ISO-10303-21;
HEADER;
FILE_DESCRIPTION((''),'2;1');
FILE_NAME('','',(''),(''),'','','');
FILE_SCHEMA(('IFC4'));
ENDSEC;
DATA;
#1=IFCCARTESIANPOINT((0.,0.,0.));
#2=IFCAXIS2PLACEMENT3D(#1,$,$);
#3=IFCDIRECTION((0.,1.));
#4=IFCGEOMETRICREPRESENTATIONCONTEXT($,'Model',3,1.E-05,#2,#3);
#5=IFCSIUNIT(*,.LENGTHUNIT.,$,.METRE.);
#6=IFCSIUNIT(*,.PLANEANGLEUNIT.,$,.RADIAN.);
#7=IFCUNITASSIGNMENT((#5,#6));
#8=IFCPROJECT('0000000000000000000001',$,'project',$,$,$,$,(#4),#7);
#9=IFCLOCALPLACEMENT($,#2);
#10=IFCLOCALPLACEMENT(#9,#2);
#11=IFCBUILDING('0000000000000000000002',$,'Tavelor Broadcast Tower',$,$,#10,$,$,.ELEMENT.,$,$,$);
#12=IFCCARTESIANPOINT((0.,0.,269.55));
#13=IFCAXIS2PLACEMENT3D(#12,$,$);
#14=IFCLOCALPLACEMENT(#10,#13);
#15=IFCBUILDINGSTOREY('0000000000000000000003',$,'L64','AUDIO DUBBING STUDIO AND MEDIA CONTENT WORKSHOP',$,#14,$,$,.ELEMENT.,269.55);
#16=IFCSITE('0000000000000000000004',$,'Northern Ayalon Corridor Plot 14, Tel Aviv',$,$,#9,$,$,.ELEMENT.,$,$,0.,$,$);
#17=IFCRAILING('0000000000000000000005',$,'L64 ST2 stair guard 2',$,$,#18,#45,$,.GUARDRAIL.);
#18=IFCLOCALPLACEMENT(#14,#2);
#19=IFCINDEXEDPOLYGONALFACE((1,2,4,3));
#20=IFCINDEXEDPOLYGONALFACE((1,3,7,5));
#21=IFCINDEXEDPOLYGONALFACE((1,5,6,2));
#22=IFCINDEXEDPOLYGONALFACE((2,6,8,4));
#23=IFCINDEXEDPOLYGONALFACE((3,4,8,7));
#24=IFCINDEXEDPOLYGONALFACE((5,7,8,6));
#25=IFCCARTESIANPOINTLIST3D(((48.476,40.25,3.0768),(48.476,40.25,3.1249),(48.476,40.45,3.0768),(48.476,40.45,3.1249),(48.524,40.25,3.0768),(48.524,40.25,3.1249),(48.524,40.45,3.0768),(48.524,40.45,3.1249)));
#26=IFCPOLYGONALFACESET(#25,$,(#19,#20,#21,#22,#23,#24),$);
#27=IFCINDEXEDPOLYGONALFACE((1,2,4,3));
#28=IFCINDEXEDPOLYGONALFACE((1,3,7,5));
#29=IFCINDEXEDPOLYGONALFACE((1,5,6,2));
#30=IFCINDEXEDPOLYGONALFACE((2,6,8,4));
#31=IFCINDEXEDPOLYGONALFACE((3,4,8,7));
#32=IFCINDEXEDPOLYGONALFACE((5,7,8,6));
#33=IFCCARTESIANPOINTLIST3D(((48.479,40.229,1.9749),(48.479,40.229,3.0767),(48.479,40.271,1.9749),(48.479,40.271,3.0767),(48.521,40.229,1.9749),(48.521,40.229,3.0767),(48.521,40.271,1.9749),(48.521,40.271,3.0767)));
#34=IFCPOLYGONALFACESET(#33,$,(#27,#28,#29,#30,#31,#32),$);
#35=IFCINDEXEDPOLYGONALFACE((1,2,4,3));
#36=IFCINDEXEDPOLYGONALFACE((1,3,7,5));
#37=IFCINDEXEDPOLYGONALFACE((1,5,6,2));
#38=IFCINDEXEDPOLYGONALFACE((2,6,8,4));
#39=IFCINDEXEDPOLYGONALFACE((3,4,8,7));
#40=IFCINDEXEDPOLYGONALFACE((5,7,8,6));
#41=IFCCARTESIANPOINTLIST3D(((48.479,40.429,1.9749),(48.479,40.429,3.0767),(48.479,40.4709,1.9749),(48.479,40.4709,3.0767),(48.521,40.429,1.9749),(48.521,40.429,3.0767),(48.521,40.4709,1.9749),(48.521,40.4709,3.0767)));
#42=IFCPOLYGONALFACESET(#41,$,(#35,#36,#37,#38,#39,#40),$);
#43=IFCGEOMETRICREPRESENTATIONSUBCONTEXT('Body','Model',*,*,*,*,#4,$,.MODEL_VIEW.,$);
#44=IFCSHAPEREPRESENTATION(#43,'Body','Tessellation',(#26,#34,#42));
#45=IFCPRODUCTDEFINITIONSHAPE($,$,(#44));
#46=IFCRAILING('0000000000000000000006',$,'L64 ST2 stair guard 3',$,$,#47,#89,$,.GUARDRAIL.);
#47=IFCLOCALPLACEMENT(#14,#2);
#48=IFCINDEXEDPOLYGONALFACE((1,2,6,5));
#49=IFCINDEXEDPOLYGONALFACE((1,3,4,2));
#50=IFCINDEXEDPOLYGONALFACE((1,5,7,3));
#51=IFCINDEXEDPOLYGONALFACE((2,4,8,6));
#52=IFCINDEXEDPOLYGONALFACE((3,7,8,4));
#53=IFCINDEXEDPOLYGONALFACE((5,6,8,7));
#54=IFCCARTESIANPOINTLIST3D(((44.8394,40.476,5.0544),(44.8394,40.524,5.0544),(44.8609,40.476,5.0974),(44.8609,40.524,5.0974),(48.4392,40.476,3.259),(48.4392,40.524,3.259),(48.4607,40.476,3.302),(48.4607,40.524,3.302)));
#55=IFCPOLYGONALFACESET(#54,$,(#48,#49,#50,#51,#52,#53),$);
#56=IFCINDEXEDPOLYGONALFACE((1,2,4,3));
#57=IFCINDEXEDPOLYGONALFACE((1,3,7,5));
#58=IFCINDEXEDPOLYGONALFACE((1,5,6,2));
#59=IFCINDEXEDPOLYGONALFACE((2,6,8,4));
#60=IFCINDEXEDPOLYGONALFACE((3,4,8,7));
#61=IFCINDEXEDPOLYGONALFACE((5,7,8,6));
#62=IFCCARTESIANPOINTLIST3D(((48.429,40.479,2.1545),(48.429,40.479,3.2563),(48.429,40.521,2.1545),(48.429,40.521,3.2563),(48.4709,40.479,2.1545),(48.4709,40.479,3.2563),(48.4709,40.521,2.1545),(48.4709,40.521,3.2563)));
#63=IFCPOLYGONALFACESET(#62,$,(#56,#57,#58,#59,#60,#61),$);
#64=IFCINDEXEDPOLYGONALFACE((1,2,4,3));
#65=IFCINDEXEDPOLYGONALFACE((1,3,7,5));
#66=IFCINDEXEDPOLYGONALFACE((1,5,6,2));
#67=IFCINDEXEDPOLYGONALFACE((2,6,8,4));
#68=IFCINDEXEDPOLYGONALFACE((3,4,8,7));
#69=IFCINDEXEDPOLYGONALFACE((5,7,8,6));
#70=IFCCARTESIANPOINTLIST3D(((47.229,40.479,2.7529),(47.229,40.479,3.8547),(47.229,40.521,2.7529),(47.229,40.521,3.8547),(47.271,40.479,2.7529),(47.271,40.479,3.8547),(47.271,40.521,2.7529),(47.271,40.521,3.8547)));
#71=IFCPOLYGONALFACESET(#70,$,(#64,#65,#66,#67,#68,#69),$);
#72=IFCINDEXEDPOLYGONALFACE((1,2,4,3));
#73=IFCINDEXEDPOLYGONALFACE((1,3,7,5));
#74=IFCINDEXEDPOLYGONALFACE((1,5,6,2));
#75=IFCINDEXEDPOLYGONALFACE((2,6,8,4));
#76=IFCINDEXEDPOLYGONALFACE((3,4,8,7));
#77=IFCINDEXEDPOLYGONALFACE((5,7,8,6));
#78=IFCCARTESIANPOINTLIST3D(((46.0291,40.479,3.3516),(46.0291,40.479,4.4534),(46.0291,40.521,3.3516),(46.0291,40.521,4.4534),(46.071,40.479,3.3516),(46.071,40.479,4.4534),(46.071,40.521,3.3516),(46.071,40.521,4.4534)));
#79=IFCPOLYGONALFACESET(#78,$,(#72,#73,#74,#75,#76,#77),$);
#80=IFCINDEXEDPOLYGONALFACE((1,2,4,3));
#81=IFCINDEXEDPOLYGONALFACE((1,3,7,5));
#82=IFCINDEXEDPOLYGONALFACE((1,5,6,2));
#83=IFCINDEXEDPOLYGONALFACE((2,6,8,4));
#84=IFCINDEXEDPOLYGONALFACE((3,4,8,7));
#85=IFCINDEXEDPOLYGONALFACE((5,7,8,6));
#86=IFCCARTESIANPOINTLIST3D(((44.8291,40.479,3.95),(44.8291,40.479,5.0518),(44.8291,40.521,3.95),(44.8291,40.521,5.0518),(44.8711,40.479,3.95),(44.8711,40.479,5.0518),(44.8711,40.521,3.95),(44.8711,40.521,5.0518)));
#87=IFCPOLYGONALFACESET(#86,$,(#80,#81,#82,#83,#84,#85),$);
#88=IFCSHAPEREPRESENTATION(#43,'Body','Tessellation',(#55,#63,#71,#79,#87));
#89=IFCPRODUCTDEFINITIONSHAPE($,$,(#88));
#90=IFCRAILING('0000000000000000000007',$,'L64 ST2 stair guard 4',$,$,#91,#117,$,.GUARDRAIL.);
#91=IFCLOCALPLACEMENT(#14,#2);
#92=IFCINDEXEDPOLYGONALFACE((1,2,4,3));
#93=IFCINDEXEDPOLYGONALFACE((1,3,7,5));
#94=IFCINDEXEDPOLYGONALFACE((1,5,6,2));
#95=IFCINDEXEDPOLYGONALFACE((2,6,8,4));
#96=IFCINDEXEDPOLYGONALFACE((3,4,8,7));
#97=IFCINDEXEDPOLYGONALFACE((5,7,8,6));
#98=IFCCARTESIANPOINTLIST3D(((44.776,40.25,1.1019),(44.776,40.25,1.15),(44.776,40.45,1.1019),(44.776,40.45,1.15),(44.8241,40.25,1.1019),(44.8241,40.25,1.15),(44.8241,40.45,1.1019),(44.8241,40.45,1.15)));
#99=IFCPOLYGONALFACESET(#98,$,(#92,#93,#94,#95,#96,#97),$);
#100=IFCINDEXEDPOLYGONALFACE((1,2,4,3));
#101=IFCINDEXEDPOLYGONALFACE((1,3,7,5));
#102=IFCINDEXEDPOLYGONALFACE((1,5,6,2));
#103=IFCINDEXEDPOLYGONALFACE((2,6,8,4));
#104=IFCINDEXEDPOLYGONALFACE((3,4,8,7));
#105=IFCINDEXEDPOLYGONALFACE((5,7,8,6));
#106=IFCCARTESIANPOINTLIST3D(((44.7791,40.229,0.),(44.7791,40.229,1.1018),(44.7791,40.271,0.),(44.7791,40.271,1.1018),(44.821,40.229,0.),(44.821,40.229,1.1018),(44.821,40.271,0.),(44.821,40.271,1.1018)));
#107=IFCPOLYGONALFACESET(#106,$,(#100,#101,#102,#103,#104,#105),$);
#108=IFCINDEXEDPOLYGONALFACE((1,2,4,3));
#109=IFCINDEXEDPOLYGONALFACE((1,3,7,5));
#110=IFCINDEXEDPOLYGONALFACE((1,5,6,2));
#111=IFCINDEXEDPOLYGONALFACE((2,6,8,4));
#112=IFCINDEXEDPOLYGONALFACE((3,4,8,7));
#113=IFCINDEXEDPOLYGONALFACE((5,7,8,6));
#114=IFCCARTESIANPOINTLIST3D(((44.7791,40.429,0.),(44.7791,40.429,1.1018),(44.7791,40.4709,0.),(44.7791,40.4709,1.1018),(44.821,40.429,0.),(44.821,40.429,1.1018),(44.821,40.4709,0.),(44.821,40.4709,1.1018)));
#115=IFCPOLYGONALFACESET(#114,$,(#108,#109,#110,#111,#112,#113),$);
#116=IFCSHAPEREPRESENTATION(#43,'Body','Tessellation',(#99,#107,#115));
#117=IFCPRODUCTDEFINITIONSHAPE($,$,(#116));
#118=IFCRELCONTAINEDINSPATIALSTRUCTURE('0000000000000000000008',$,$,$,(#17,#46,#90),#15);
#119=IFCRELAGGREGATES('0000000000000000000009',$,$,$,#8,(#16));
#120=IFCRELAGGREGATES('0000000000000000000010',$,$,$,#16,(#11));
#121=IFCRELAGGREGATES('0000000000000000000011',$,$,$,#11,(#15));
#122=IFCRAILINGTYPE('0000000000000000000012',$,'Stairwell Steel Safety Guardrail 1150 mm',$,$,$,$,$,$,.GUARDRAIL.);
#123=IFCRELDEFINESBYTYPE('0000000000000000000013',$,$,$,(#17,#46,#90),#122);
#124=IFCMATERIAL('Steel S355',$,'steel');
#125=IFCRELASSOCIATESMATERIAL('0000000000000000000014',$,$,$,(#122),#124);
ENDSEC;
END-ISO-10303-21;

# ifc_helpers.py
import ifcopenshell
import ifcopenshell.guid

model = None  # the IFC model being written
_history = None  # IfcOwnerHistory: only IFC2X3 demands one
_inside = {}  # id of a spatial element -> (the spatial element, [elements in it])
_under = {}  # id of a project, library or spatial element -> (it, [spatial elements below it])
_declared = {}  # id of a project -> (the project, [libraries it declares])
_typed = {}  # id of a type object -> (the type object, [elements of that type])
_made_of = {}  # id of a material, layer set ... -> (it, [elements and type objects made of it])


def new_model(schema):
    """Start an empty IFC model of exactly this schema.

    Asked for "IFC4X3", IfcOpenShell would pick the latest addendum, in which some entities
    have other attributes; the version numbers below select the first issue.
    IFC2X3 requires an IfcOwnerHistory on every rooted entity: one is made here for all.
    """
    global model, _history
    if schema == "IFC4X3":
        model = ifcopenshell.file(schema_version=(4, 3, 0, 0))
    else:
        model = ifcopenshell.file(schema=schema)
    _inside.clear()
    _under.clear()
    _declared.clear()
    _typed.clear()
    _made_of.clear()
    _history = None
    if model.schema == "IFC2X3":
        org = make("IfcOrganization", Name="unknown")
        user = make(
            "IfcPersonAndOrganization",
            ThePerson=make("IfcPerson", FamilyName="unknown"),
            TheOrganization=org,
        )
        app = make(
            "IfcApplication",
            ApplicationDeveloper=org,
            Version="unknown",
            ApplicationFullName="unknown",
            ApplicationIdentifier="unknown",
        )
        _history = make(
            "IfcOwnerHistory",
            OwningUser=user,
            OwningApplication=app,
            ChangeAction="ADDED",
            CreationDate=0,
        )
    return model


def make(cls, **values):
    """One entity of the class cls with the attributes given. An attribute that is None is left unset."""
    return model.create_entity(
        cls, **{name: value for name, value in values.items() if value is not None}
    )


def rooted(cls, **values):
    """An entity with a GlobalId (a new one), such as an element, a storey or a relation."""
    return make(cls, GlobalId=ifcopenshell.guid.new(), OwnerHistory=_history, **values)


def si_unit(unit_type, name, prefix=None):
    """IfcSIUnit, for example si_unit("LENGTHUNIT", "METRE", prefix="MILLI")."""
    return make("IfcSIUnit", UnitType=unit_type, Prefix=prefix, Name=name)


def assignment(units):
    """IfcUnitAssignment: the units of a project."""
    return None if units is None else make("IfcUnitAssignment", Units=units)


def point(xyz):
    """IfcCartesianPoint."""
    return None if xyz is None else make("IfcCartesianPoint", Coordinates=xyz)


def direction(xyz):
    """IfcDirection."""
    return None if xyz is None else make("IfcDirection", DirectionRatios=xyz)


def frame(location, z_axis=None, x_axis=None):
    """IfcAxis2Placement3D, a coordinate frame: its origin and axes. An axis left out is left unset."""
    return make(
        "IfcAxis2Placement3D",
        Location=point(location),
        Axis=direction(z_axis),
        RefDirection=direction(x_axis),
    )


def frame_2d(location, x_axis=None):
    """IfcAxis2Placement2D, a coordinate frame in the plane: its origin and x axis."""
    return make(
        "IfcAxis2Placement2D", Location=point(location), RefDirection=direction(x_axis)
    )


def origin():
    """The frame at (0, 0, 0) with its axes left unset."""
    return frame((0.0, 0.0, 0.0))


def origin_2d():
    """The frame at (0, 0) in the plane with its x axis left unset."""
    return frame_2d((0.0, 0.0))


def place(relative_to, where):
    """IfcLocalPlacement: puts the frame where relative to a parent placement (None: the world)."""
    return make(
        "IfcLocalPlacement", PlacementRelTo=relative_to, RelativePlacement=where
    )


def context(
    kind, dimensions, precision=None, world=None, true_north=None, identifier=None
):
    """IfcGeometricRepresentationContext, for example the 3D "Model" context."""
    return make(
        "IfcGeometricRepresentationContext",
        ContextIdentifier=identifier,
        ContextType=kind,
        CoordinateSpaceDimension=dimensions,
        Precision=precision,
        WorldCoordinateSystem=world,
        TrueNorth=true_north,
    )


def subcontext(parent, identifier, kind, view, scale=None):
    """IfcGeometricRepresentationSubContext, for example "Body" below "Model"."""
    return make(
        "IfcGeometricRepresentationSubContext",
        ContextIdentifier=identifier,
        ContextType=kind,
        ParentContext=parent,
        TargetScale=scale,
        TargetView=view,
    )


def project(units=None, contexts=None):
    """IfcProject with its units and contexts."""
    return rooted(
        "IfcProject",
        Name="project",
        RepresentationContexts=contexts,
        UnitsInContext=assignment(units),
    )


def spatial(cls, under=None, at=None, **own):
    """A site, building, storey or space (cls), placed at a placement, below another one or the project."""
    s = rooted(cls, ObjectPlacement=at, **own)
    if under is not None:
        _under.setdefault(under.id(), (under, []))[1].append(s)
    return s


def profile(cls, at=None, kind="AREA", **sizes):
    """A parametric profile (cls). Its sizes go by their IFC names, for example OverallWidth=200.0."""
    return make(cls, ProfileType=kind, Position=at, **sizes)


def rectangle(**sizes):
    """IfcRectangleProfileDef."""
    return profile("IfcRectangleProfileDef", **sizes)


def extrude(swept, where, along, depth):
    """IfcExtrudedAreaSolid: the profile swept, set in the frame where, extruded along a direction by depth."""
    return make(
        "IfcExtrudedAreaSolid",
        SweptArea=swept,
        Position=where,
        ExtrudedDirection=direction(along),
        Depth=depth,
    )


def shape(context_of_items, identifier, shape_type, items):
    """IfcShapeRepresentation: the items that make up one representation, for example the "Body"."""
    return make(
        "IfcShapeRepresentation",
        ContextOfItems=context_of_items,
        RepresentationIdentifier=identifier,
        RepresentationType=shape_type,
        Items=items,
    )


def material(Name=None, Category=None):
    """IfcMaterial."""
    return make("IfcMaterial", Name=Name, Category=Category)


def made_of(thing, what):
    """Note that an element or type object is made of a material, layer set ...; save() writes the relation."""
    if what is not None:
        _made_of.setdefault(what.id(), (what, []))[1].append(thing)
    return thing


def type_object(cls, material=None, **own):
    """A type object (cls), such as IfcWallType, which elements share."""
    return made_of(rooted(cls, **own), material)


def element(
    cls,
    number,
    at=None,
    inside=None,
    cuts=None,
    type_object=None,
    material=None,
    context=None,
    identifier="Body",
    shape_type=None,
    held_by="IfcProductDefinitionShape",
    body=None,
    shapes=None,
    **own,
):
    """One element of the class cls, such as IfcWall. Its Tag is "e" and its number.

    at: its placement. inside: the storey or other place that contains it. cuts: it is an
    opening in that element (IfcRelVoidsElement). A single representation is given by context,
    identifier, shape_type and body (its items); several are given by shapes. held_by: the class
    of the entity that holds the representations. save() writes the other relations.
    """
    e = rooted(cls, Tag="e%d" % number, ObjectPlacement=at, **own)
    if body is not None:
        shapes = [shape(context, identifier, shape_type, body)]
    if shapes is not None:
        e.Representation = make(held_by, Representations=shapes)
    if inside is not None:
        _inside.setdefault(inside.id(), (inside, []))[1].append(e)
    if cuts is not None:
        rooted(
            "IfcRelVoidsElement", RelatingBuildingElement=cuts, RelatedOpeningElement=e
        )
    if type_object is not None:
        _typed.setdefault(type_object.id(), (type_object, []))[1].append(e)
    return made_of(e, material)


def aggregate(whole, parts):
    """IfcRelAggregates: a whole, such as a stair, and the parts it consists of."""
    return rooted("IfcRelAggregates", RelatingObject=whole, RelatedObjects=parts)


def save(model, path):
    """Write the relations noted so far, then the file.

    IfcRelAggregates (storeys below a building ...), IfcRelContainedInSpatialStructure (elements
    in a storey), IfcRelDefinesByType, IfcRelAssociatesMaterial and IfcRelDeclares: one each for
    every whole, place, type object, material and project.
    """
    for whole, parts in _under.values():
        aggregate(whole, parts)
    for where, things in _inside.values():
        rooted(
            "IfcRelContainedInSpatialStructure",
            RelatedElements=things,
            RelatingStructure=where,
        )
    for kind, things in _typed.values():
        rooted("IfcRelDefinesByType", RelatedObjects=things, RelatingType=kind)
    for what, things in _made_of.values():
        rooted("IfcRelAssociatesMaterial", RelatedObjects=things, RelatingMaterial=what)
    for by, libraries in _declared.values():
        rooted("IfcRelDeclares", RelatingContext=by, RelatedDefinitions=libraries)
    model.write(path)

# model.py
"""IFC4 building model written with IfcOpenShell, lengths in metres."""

from ifc_helpers import new_model, si_unit, direction, frame, origin, origin_2d, place, context, subcontext, project, spatial, rectangle, extrude, material, type_object, element, save


model = new_model("IFC4")

# Units and contexts
model_context = context("Model", 3, precision=1e-05, world=origin(), true_north=direction((0.0, 1.0)))
body_context = subcontext(model_context, "Body", "Model", "MODEL_VIEW")
ifc_project = project(units=[si_unit("LENGTHUNIT", "METRE"), si_unit("PLANEANGLEUNIT", "RADIAN")], contexts=[model_context])

# Site, building, storey
site_placement = place(None, origin())
site = spatial("IfcSite", under=ifc_project, at=site_placement, Name="Northern Ayalon Corridor Plot 14, Tel Aviv", CompositionType="ELEMENT", RefElevation=0.0)
building_placement = place(site_placement, origin())
building = spatial("IfcBuilding", under=site, at=building_placement, Name="Tavelor Broadcast Tower", CompositionType="ELEMENT")
storey_placement = place(building_placement, frame((0.0, 0.0, 269.55)))
storey = spatial("IfcBuildingStorey", under=building, at=storey_placement, Name="L64", Description="AUDIO DUBBING STUDIO AND MEDIA CONTENT WORKSHOP", CompositionType="ELEMENT", Elevation=269.55)

# Shared definitions
ifc_material_1 = material(Name="Steel S355", Category="steel")

# Railings
railing_type_1 = type_object("IfcRailingType", Name="Stairwell Steel Safety Guardrail 1150 mm", PredefinedType="GUARDRAIL", material=ifc_material_1)
railing_1_placement = place(storey_placement, frame((48.5, 40.25, 1.9749)))
element("IfcRailing", 1, at=railing_1_placement, inside=storey, type_object=railing_type_1, Name="L64 ST2 stair guard 2", PredefinedType="GUARDRAIL", context=body_context, shape_type="SweptSolid", body=[
    extrude(rectangle(XDim=0.0481, YDim=0.0481, at=origin_2d()), frame((0.0, 0.0, 1.126), z_axis=(0.0, 1.0, 0.0), x_axis=(-1.0, 0.0, 0.0)), (0.0, 0.0, 1.0), 0.2),
    extrude(rectangle(XDim=0.042, YDim=0.042, at=origin_2d()), origin(), (0.0, 0.0, 1.0), 1.1018),
    extrude(rectangle(XDim=0.042, YDim=0.042, at=origin_2d()), frame((0.0, 0.2, 0.0)), (0.0, 0.0, 1.0), 1.1018),
])
railing_2_placement = place(storey_placement, frame((48.45, 40.5, 2.1545)))
element("IfcRailing", 2, at=railing_2_placement, inside=storey, type_object=railing_type_1, Name="L64 ST2 stair guard 3", PredefinedType="GUARDRAIL", context=body_context, shape_type="SweptSolid", body=[
    extrude(rectangle(XDim=0.0481, YDim=0.0481, at=origin_2d()), frame((0.0, 0.0, 1.126), z_axis=(-0.894876, 0.0, 0.446315), x_axis=(0.0, -1.0, 0.0)), (0.0, 0.0, 1.0), 4.0227),
    extrude(rectangle(XDim=0.042, YDim=0.042, at=origin_2d()), origin(), (0.0, 0.0, 1.0), 1.1018),
    extrude(rectangle(XDim=0.042, YDim=0.042, at=origin_2d()), frame((-1.2, 0.0, 0.5984)), (0.0, 0.0, 1.0), 1.1018),
    extrude(rectangle(XDim=0.042, YDim=0.042, at=origin_2d()), frame((-2.3999, 0.0, 1.197)), (0.0, 0.0, 1.0), 1.1018),
    extrude(rectangle(XDim=0.042, YDim=0.042, at=origin_2d()), frame((-3.5999, 0.0, 1.7954)), (0.0, 0.0, 1.0), 1.1018),
])
railing_3_placement = place(storey_placement, frame((44.8, 40.25, 0.0)))
element("IfcRailing", 3, at=railing_3_placement, inside=storey, type_object=railing_type_1, Name="L64 ST2 stair guard 4", PredefinedType="GUARDRAIL", context=body_context, shape_type="SweptSolid", body=[
    extrude(rectangle(XDim=0.0481, YDim=0.0481, at=origin_2d()), frame((0.0, 0.0, 1.126), z_axis=(0.0, 1.0, 0.0), x_axis=(-1.0, 0.0, 0.0)), (0.0, 0.0, 1.0), 0.2),
    extrude(rectangle(XDim=0.042, YDim=0.042, at=origin_2d()), origin(), (0.0, 0.0, 1.0), 1.1018),
    extrude(rectangle(XDim=0.042, YDim=0.042, at=origin_2d()), frame((0.0, 0.2, 0.0)), (0.0, 0.0, 1.0), 1.1018),
])

save(model, "model.ifc")
